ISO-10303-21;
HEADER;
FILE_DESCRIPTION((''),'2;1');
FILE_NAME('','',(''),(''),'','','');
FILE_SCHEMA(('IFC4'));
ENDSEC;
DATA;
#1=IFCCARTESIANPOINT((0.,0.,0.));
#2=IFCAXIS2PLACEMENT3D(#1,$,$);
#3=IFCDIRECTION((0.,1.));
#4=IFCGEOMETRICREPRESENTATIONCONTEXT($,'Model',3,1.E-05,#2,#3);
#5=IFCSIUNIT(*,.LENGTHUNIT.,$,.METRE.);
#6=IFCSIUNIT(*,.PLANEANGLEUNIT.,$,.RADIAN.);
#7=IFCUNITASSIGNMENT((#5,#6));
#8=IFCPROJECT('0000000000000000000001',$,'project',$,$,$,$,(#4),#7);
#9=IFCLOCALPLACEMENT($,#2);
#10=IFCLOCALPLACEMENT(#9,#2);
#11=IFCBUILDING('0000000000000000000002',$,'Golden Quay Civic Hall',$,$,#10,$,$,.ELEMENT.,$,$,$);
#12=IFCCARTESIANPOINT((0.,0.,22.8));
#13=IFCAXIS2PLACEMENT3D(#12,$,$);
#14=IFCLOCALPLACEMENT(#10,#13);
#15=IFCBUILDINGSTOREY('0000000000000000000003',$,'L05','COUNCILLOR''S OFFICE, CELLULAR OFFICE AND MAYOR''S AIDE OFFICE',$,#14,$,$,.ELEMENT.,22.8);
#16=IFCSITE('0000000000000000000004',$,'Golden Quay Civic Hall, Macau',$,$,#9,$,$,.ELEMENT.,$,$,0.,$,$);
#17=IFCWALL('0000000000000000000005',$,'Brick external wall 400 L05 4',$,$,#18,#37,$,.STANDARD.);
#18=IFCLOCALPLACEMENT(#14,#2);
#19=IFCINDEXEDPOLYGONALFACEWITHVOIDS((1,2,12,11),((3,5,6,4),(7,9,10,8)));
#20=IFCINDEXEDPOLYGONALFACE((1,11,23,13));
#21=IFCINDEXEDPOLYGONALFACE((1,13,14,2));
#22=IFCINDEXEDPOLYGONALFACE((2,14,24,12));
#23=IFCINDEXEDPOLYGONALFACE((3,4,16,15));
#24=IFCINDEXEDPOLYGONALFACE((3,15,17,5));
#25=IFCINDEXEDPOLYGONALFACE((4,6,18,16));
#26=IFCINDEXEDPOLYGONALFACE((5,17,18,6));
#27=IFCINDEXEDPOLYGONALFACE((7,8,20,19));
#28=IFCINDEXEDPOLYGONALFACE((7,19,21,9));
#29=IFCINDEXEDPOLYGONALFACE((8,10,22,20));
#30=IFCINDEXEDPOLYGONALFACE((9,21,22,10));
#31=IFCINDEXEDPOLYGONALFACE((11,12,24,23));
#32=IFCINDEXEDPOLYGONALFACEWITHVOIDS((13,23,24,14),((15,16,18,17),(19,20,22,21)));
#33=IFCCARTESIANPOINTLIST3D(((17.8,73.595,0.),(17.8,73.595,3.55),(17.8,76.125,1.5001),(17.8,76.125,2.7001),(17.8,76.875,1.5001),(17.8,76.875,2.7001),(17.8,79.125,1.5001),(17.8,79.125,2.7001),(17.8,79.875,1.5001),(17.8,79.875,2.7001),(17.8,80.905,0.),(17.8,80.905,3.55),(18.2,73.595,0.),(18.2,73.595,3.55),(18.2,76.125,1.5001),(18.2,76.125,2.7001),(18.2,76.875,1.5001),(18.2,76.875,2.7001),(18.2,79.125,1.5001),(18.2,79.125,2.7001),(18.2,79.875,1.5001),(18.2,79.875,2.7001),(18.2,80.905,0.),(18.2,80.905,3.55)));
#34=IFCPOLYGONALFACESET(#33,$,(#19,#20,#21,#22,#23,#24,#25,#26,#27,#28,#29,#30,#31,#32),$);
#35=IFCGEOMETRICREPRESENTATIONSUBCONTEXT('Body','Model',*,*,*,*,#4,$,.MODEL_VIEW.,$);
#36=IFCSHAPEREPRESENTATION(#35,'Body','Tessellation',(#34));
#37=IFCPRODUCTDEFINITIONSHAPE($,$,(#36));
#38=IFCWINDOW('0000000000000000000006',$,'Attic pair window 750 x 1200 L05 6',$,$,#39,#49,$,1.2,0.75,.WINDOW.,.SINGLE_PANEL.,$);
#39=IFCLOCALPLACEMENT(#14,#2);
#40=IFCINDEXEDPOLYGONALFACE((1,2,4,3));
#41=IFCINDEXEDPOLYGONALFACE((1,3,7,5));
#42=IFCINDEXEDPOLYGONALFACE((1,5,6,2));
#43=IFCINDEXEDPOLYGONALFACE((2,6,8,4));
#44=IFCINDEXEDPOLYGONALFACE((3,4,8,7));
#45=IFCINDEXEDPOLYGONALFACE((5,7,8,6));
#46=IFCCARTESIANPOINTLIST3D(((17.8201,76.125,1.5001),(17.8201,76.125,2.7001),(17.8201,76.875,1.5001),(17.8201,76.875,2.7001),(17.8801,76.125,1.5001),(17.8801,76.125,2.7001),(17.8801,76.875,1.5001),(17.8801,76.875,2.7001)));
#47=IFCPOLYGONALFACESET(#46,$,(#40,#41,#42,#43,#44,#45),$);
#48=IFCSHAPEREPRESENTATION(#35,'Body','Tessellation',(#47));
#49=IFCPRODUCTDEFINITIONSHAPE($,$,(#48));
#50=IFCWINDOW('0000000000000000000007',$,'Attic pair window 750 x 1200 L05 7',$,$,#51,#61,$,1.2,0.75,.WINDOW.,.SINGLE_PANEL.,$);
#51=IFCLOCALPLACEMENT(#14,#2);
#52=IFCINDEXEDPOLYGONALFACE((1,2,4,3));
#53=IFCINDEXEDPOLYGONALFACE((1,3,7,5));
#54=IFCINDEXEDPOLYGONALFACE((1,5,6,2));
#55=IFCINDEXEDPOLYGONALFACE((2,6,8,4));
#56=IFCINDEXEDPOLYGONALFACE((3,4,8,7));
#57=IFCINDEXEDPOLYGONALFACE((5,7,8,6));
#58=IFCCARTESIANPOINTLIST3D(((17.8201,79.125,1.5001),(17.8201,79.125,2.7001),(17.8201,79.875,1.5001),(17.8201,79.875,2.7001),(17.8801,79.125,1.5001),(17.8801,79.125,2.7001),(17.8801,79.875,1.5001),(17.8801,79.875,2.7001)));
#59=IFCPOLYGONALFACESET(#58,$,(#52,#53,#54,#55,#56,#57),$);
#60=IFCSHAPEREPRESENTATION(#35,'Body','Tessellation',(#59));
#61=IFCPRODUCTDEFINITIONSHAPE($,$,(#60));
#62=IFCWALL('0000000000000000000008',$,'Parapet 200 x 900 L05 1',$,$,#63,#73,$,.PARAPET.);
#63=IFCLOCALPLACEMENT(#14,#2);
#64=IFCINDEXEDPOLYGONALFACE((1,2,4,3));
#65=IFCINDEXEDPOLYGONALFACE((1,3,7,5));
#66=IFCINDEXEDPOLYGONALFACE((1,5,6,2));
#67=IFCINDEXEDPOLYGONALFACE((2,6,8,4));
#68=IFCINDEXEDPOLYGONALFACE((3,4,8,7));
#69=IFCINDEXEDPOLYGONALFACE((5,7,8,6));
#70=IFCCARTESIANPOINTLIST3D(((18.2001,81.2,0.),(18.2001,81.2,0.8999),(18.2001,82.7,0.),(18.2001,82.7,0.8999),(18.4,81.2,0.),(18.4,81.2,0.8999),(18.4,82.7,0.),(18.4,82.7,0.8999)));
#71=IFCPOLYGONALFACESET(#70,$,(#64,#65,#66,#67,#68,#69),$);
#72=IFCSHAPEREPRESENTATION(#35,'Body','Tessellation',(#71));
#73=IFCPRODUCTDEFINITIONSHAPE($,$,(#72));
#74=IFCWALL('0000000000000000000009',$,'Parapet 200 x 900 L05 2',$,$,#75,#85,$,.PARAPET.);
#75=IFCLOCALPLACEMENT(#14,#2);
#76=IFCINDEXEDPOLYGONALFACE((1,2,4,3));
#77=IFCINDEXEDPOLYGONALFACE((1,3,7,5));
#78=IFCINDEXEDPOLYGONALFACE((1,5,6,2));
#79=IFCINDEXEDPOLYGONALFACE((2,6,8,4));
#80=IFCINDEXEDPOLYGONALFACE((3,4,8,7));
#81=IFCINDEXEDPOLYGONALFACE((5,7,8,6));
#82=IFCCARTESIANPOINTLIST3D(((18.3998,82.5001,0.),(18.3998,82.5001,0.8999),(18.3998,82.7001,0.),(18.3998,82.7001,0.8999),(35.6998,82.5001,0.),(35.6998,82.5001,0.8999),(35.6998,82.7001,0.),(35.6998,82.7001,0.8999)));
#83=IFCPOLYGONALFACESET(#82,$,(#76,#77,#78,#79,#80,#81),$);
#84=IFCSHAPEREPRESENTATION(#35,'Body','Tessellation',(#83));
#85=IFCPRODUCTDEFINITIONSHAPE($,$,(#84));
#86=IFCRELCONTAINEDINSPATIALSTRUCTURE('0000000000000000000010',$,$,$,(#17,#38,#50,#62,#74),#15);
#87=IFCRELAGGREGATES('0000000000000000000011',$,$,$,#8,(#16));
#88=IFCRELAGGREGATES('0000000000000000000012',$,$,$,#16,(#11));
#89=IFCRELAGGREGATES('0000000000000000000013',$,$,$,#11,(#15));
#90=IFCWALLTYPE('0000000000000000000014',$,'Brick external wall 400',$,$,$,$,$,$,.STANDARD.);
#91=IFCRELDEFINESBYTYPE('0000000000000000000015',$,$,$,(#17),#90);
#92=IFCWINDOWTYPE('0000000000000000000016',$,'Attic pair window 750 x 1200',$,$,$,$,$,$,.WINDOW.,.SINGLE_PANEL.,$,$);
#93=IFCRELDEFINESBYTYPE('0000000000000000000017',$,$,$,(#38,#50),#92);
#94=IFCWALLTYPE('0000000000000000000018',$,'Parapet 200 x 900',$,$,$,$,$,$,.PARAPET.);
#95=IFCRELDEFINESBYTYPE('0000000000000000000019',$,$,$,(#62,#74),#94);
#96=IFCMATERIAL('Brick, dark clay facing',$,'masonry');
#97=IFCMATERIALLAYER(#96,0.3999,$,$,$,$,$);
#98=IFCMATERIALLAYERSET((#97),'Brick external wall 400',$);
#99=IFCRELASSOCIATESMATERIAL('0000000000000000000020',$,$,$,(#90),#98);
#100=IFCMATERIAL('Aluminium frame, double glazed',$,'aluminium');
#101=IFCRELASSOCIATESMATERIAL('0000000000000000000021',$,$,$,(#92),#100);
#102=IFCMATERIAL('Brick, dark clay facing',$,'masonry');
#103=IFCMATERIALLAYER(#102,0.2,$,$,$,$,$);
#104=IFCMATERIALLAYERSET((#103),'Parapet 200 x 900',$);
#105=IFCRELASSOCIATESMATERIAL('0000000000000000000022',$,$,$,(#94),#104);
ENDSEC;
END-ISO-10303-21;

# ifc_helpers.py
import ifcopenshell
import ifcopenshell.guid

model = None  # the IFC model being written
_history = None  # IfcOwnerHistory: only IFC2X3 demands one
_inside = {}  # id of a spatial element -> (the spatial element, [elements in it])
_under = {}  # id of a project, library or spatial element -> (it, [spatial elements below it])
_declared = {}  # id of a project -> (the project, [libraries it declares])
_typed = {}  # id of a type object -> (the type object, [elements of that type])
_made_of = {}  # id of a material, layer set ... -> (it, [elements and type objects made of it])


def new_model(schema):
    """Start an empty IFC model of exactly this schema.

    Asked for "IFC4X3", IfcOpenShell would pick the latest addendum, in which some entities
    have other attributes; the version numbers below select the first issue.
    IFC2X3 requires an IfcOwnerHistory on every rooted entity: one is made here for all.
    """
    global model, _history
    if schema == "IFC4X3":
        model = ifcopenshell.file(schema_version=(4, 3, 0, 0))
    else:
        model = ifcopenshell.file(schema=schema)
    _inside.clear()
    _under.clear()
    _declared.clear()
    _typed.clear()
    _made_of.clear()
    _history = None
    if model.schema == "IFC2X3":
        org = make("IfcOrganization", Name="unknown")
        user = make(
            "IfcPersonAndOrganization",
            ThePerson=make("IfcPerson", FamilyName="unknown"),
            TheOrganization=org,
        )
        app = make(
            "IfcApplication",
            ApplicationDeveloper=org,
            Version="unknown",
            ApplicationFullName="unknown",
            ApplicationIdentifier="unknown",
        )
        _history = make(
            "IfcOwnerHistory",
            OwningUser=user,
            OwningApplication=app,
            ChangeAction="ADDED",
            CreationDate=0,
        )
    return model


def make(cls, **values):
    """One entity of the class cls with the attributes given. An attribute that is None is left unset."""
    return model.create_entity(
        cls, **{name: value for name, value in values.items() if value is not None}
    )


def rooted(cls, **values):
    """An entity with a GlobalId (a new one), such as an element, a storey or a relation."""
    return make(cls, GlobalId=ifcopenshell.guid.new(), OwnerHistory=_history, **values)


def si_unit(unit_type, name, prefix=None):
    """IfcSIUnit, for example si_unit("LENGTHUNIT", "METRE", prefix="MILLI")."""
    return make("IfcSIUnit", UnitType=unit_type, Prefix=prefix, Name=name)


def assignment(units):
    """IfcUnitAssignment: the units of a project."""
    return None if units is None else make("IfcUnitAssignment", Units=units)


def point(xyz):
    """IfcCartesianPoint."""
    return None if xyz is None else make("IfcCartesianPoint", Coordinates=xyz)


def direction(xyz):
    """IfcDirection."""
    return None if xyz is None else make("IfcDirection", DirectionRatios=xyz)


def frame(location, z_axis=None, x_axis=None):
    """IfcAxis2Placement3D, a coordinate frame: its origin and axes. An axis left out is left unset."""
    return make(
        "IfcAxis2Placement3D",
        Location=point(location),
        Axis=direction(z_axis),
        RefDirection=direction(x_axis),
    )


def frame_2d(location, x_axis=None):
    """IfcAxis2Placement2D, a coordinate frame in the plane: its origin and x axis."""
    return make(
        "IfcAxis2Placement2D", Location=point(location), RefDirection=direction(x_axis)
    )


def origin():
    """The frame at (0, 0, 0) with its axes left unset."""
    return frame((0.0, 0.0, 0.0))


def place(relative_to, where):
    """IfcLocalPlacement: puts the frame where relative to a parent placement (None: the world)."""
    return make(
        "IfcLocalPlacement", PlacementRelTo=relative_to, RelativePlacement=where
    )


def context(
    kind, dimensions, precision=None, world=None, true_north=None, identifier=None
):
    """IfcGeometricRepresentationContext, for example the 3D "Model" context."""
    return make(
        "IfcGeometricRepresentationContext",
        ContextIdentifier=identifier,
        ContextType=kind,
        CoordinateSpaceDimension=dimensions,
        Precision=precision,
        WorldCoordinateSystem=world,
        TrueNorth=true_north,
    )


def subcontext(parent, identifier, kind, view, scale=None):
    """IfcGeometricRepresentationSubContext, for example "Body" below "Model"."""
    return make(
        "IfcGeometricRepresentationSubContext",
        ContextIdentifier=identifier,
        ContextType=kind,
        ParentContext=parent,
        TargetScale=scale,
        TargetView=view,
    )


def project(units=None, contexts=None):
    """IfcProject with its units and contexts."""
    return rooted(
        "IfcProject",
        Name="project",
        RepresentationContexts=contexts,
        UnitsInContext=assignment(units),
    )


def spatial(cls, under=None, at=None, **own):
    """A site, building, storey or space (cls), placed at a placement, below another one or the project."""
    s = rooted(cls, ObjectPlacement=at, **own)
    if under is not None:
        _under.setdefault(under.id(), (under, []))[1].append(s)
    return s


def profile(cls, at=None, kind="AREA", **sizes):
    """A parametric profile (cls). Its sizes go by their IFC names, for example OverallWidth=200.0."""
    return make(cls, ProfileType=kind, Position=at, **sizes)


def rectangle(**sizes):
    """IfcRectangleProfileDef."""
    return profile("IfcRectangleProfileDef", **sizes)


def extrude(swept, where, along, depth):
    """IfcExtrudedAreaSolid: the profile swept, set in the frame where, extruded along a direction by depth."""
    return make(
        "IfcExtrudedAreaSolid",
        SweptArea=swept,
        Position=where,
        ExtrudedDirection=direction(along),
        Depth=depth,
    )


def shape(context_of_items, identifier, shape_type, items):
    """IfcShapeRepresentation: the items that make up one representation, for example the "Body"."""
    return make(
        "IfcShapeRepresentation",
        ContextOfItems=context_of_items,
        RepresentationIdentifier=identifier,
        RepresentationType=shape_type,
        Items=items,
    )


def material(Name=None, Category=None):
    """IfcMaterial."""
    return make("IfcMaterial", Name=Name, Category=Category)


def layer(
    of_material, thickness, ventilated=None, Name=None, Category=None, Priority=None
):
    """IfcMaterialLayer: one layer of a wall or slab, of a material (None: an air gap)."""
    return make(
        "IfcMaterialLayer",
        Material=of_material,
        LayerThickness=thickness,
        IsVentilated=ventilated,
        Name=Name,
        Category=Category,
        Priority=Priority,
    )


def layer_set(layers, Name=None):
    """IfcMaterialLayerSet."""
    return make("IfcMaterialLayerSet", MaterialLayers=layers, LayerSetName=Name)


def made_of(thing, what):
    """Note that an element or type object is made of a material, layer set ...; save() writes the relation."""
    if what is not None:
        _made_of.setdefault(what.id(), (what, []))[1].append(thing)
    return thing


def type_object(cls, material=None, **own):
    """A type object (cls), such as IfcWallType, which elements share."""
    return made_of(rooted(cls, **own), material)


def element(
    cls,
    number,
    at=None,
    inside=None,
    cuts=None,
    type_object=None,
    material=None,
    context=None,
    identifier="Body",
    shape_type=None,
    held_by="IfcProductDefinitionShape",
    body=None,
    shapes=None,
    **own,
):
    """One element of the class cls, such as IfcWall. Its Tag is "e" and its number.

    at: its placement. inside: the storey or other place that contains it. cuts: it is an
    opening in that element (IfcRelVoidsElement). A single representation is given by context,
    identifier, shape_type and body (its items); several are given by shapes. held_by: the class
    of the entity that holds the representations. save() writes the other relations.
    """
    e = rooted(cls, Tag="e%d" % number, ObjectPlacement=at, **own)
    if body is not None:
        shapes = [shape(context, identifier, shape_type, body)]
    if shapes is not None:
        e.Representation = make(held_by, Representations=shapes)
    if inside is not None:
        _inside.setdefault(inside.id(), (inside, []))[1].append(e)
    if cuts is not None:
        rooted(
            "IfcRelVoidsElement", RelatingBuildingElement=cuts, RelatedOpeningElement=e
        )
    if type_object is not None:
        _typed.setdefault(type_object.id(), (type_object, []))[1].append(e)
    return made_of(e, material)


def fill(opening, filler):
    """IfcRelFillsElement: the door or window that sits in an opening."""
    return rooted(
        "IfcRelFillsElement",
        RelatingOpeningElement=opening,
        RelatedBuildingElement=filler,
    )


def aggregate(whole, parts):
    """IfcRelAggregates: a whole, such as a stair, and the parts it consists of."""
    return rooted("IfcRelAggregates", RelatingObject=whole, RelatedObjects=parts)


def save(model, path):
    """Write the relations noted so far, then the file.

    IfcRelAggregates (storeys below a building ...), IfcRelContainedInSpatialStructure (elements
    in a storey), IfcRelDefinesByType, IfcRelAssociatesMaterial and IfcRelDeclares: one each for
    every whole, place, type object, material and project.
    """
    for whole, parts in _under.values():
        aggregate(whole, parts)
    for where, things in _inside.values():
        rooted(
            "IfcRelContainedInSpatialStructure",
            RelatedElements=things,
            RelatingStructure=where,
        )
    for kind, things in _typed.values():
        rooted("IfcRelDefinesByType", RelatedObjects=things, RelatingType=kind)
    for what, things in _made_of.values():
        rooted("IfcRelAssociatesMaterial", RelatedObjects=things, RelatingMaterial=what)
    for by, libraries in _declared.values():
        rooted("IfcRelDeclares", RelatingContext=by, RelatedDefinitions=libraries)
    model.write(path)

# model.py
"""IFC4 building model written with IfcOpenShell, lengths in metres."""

from ifc_helpers import new_model, si_unit, direction, frame, frame_2d, origin, place, context, subcontext, project, spatial, rectangle, extrude, material, layer, layer_set, type_object, element, fill, save


model = new_model("IFC4")

# Units and contexts
model_context = context("Model", 3, precision=1e-05, world=origin(), true_north=direction((0.0, 1.0)))
body_context = subcontext(model_context, "Body", "Model", "MODEL_VIEW")
ifc_project = project(units=[si_unit("LENGTHUNIT", "METRE"), si_unit("PLANEANGLEUNIT", "RADIAN")], contexts=[model_context])

# Site, building, storey
site_placement = place(None, origin())
site = spatial("IfcSite", under=ifc_project, at=site_placement, Name="Golden Quay Civic Hall, Macau", CompositionType="ELEMENT", RefElevation=0.0)
building_placement = place(site_placement, origin())
building = spatial("IfcBuilding", under=site, at=building_placement, Name="Golden Quay Civic Hall", CompositionType="ELEMENT")
storey_placement = place(building_placement, frame((0.0, 0.0, 22.8)))
storey = spatial("IfcBuildingStorey", under=building, at=storey_placement, Name="L05", Description="COUNCILLOR'S OFFICE, CELLULAR OFFICE AND MAYOR'S AIDE OFFICE", CompositionType="ELEMENT", Elevation=22.8)

# Shared definitions
ifc_material_1 = material(Name="Brick, dark clay facing", Category="masonry")
ifc_layer_1 = layer(ifc_material_1, 0.3999)
ifc_layer_set_1 = layer_set([ifc_layer_1], Name="Brick external wall 400")
wall_type_1 = type_object("IfcWallType", Name="Brick external wall 400", PredefinedType="STANDARD", material=ifc_layer_set_1)

# Wall, openings, windows
wall_1_placement = place(storey_placement, frame((18.0, 80.905, 0.0), z_axis=(0.0, 0.0, 1.0), x_axis=(0.0, -1.0, 0.0)))
wall_1 = element("IfcWall", 1, at=wall_1_placement, inside=storey, type_object=wall_type_1, Name="Brick external wall 400 L05 4", PredefinedType="STANDARD", context=body_context, shape_type="SweptSolid", body=[
    extrude(rectangle(XDim=7.3101, YDim=0.3999, at=frame_2d((3.655, 0.0))), origin(), (0.0, 0.0, 1.0), 3.55),
])
opening_1_placement = place(wall_1_placement, frame((4.03, 0.0, 1.5)))
opening_1 = element("IfcOpeningElement", 2, at=opening_1_placement, cuts=wall_1, PredefinedType="OPENING", context=body_context, shape_type="SweptSolid", body=[
    extrude(rectangle(XDim=0.75, YDim=1.2, at=frame_2d((0.375, 0.6001))), frame((0.0, 0.21, 0.0), z_axis=(0.0, -1.0, 0.0), x_axis=(1.0, 0.0, 0.0)), (0.0, 0.0, 1.0), 0.4199),
])
opening_2_placement = place(wall_1_placement, frame((1.03, 0.0, 1.5)))
opening_2 = element("IfcOpeningElement", 3, at=opening_2_placement, cuts=wall_1, PredefinedType="OPENING", context=body_context, shape_type="SweptSolid", body=[
    extrude(rectangle(XDim=0.75, YDim=1.2, at=frame_2d((0.375, 0.6001))), frame((0.0, 0.21, 0.0), z_axis=(0.0, -1.0, 0.0), x_axis=(1.0, 0.0, 0.0)), (0.0, 0.0, 1.0), 0.4199),
])
ifc_material_2 = material(Name="Aluminium frame, double glazed", Category="aluminium")
window_type_1 = type_object("IfcWindowType", Name="Attic pair window 750 x 1200", PartitioningType="SINGLE_PANEL", PredefinedType="WINDOW", material=ifc_material_2)
window_1_placement = place(opening_1_placement, origin())
window_1 = element("IfcWindow", 4, at=window_1_placement, inside=storey, type_object=window_type_1, Name="Attic pair window 750 x 1200 L05 6", OverallHeight=1.2, OverallWidth=0.75, PartitioningType="SINGLE_PANEL", PredefinedType="WINDOW", context=body_context, shape_type="SweptSolid", body=[
    extrude(rectangle(XDim=0.75, YDim=1.2, at=frame_2d((0.375, 0.6001))), frame((0.0, -0.1199, 0.0), z_axis=(0.0, -1.0, 0.0), x_axis=(1.0, 0.0, 0.0)), (0.0, 0.0, 1.0), 0.0601),
])
fill(opening_1, window_1)
window_2_placement = place(opening_2_placement, origin())
window_2 = element("IfcWindow", 5, at=window_2_placement, inside=storey, type_object=window_type_1, Name="Attic pair window 750 x 1200 L05 7", OverallHeight=1.2, OverallWidth=0.75, PartitioningType="SINGLE_PANEL", PredefinedType="WINDOW", context=body_context, shape_type="SweptSolid", body=[
    extrude(rectangle(XDim=0.75, YDim=1.2, at=frame_2d((0.375, 0.6001))), frame((0.0, -0.1199, 0.0), z_axis=(0.0, -1.0, 0.0), x_axis=(1.0, 0.0, 0.0)), (0.0, 0.0, 1.0), 0.0601),
])
fill(opening_2, window_2)

# Walls
ifc_material_3 = material(Name="Brick, dark clay facing", Category="masonry")
ifc_layer_2 = layer(ifc_material_3, 0.2)
ifc_layer_set_2 = layer_set([ifc_layer_2], Name="Parapet 200 x 900")
wall_type_2 = type_object("IfcWallType", Name="Parapet 200 x 900", PredefinedType="PARAPET", material=ifc_layer_set_2)
wall_2_placement = place(storey_placement, frame((18.3, 81.2, 0.0), z_axis=(0.0, 0.0, 1.0), x_axis=(0.0, 1.0, 0.0)))
element("IfcWall", 6, at=wall_2_placement, inside=storey, type_object=wall_type_2, Name="Parapet 200 x 900 L05 1", PredefinedType="PARAPET", context=body_context, shape_type="SweptSolid", body=[
    extrude(rectangle(XDim=1.5, YDim=0.2, at=frame_2d((0.75, 0.0))), origin(), (0.0, 0.0, 1.0), 0.8999),
])
wall_3_placement = place(storey_placement, frame((18.3999, 82.6001, 0.0), z_axis=(0.0, 0.0, 1.0), x_axis=(1.0, 0.0, 0.0)))
element("IfcWall", 7, at=wall_3_placement, inside=storey, type_object=wall_type_2, Name="Parapet 200 x 900 L05 2", PredefinedType="PARAPET", context=body_context, shape_type="SweptSolid", body=[
    extrude(rectangle(XDim=17.3, YDim=0.2, at=frame_2d((8.6499, 0.0))), origin(), (0.0, 0.0, 1.0), 0.8999),
])

save(model, "model.ifc")
